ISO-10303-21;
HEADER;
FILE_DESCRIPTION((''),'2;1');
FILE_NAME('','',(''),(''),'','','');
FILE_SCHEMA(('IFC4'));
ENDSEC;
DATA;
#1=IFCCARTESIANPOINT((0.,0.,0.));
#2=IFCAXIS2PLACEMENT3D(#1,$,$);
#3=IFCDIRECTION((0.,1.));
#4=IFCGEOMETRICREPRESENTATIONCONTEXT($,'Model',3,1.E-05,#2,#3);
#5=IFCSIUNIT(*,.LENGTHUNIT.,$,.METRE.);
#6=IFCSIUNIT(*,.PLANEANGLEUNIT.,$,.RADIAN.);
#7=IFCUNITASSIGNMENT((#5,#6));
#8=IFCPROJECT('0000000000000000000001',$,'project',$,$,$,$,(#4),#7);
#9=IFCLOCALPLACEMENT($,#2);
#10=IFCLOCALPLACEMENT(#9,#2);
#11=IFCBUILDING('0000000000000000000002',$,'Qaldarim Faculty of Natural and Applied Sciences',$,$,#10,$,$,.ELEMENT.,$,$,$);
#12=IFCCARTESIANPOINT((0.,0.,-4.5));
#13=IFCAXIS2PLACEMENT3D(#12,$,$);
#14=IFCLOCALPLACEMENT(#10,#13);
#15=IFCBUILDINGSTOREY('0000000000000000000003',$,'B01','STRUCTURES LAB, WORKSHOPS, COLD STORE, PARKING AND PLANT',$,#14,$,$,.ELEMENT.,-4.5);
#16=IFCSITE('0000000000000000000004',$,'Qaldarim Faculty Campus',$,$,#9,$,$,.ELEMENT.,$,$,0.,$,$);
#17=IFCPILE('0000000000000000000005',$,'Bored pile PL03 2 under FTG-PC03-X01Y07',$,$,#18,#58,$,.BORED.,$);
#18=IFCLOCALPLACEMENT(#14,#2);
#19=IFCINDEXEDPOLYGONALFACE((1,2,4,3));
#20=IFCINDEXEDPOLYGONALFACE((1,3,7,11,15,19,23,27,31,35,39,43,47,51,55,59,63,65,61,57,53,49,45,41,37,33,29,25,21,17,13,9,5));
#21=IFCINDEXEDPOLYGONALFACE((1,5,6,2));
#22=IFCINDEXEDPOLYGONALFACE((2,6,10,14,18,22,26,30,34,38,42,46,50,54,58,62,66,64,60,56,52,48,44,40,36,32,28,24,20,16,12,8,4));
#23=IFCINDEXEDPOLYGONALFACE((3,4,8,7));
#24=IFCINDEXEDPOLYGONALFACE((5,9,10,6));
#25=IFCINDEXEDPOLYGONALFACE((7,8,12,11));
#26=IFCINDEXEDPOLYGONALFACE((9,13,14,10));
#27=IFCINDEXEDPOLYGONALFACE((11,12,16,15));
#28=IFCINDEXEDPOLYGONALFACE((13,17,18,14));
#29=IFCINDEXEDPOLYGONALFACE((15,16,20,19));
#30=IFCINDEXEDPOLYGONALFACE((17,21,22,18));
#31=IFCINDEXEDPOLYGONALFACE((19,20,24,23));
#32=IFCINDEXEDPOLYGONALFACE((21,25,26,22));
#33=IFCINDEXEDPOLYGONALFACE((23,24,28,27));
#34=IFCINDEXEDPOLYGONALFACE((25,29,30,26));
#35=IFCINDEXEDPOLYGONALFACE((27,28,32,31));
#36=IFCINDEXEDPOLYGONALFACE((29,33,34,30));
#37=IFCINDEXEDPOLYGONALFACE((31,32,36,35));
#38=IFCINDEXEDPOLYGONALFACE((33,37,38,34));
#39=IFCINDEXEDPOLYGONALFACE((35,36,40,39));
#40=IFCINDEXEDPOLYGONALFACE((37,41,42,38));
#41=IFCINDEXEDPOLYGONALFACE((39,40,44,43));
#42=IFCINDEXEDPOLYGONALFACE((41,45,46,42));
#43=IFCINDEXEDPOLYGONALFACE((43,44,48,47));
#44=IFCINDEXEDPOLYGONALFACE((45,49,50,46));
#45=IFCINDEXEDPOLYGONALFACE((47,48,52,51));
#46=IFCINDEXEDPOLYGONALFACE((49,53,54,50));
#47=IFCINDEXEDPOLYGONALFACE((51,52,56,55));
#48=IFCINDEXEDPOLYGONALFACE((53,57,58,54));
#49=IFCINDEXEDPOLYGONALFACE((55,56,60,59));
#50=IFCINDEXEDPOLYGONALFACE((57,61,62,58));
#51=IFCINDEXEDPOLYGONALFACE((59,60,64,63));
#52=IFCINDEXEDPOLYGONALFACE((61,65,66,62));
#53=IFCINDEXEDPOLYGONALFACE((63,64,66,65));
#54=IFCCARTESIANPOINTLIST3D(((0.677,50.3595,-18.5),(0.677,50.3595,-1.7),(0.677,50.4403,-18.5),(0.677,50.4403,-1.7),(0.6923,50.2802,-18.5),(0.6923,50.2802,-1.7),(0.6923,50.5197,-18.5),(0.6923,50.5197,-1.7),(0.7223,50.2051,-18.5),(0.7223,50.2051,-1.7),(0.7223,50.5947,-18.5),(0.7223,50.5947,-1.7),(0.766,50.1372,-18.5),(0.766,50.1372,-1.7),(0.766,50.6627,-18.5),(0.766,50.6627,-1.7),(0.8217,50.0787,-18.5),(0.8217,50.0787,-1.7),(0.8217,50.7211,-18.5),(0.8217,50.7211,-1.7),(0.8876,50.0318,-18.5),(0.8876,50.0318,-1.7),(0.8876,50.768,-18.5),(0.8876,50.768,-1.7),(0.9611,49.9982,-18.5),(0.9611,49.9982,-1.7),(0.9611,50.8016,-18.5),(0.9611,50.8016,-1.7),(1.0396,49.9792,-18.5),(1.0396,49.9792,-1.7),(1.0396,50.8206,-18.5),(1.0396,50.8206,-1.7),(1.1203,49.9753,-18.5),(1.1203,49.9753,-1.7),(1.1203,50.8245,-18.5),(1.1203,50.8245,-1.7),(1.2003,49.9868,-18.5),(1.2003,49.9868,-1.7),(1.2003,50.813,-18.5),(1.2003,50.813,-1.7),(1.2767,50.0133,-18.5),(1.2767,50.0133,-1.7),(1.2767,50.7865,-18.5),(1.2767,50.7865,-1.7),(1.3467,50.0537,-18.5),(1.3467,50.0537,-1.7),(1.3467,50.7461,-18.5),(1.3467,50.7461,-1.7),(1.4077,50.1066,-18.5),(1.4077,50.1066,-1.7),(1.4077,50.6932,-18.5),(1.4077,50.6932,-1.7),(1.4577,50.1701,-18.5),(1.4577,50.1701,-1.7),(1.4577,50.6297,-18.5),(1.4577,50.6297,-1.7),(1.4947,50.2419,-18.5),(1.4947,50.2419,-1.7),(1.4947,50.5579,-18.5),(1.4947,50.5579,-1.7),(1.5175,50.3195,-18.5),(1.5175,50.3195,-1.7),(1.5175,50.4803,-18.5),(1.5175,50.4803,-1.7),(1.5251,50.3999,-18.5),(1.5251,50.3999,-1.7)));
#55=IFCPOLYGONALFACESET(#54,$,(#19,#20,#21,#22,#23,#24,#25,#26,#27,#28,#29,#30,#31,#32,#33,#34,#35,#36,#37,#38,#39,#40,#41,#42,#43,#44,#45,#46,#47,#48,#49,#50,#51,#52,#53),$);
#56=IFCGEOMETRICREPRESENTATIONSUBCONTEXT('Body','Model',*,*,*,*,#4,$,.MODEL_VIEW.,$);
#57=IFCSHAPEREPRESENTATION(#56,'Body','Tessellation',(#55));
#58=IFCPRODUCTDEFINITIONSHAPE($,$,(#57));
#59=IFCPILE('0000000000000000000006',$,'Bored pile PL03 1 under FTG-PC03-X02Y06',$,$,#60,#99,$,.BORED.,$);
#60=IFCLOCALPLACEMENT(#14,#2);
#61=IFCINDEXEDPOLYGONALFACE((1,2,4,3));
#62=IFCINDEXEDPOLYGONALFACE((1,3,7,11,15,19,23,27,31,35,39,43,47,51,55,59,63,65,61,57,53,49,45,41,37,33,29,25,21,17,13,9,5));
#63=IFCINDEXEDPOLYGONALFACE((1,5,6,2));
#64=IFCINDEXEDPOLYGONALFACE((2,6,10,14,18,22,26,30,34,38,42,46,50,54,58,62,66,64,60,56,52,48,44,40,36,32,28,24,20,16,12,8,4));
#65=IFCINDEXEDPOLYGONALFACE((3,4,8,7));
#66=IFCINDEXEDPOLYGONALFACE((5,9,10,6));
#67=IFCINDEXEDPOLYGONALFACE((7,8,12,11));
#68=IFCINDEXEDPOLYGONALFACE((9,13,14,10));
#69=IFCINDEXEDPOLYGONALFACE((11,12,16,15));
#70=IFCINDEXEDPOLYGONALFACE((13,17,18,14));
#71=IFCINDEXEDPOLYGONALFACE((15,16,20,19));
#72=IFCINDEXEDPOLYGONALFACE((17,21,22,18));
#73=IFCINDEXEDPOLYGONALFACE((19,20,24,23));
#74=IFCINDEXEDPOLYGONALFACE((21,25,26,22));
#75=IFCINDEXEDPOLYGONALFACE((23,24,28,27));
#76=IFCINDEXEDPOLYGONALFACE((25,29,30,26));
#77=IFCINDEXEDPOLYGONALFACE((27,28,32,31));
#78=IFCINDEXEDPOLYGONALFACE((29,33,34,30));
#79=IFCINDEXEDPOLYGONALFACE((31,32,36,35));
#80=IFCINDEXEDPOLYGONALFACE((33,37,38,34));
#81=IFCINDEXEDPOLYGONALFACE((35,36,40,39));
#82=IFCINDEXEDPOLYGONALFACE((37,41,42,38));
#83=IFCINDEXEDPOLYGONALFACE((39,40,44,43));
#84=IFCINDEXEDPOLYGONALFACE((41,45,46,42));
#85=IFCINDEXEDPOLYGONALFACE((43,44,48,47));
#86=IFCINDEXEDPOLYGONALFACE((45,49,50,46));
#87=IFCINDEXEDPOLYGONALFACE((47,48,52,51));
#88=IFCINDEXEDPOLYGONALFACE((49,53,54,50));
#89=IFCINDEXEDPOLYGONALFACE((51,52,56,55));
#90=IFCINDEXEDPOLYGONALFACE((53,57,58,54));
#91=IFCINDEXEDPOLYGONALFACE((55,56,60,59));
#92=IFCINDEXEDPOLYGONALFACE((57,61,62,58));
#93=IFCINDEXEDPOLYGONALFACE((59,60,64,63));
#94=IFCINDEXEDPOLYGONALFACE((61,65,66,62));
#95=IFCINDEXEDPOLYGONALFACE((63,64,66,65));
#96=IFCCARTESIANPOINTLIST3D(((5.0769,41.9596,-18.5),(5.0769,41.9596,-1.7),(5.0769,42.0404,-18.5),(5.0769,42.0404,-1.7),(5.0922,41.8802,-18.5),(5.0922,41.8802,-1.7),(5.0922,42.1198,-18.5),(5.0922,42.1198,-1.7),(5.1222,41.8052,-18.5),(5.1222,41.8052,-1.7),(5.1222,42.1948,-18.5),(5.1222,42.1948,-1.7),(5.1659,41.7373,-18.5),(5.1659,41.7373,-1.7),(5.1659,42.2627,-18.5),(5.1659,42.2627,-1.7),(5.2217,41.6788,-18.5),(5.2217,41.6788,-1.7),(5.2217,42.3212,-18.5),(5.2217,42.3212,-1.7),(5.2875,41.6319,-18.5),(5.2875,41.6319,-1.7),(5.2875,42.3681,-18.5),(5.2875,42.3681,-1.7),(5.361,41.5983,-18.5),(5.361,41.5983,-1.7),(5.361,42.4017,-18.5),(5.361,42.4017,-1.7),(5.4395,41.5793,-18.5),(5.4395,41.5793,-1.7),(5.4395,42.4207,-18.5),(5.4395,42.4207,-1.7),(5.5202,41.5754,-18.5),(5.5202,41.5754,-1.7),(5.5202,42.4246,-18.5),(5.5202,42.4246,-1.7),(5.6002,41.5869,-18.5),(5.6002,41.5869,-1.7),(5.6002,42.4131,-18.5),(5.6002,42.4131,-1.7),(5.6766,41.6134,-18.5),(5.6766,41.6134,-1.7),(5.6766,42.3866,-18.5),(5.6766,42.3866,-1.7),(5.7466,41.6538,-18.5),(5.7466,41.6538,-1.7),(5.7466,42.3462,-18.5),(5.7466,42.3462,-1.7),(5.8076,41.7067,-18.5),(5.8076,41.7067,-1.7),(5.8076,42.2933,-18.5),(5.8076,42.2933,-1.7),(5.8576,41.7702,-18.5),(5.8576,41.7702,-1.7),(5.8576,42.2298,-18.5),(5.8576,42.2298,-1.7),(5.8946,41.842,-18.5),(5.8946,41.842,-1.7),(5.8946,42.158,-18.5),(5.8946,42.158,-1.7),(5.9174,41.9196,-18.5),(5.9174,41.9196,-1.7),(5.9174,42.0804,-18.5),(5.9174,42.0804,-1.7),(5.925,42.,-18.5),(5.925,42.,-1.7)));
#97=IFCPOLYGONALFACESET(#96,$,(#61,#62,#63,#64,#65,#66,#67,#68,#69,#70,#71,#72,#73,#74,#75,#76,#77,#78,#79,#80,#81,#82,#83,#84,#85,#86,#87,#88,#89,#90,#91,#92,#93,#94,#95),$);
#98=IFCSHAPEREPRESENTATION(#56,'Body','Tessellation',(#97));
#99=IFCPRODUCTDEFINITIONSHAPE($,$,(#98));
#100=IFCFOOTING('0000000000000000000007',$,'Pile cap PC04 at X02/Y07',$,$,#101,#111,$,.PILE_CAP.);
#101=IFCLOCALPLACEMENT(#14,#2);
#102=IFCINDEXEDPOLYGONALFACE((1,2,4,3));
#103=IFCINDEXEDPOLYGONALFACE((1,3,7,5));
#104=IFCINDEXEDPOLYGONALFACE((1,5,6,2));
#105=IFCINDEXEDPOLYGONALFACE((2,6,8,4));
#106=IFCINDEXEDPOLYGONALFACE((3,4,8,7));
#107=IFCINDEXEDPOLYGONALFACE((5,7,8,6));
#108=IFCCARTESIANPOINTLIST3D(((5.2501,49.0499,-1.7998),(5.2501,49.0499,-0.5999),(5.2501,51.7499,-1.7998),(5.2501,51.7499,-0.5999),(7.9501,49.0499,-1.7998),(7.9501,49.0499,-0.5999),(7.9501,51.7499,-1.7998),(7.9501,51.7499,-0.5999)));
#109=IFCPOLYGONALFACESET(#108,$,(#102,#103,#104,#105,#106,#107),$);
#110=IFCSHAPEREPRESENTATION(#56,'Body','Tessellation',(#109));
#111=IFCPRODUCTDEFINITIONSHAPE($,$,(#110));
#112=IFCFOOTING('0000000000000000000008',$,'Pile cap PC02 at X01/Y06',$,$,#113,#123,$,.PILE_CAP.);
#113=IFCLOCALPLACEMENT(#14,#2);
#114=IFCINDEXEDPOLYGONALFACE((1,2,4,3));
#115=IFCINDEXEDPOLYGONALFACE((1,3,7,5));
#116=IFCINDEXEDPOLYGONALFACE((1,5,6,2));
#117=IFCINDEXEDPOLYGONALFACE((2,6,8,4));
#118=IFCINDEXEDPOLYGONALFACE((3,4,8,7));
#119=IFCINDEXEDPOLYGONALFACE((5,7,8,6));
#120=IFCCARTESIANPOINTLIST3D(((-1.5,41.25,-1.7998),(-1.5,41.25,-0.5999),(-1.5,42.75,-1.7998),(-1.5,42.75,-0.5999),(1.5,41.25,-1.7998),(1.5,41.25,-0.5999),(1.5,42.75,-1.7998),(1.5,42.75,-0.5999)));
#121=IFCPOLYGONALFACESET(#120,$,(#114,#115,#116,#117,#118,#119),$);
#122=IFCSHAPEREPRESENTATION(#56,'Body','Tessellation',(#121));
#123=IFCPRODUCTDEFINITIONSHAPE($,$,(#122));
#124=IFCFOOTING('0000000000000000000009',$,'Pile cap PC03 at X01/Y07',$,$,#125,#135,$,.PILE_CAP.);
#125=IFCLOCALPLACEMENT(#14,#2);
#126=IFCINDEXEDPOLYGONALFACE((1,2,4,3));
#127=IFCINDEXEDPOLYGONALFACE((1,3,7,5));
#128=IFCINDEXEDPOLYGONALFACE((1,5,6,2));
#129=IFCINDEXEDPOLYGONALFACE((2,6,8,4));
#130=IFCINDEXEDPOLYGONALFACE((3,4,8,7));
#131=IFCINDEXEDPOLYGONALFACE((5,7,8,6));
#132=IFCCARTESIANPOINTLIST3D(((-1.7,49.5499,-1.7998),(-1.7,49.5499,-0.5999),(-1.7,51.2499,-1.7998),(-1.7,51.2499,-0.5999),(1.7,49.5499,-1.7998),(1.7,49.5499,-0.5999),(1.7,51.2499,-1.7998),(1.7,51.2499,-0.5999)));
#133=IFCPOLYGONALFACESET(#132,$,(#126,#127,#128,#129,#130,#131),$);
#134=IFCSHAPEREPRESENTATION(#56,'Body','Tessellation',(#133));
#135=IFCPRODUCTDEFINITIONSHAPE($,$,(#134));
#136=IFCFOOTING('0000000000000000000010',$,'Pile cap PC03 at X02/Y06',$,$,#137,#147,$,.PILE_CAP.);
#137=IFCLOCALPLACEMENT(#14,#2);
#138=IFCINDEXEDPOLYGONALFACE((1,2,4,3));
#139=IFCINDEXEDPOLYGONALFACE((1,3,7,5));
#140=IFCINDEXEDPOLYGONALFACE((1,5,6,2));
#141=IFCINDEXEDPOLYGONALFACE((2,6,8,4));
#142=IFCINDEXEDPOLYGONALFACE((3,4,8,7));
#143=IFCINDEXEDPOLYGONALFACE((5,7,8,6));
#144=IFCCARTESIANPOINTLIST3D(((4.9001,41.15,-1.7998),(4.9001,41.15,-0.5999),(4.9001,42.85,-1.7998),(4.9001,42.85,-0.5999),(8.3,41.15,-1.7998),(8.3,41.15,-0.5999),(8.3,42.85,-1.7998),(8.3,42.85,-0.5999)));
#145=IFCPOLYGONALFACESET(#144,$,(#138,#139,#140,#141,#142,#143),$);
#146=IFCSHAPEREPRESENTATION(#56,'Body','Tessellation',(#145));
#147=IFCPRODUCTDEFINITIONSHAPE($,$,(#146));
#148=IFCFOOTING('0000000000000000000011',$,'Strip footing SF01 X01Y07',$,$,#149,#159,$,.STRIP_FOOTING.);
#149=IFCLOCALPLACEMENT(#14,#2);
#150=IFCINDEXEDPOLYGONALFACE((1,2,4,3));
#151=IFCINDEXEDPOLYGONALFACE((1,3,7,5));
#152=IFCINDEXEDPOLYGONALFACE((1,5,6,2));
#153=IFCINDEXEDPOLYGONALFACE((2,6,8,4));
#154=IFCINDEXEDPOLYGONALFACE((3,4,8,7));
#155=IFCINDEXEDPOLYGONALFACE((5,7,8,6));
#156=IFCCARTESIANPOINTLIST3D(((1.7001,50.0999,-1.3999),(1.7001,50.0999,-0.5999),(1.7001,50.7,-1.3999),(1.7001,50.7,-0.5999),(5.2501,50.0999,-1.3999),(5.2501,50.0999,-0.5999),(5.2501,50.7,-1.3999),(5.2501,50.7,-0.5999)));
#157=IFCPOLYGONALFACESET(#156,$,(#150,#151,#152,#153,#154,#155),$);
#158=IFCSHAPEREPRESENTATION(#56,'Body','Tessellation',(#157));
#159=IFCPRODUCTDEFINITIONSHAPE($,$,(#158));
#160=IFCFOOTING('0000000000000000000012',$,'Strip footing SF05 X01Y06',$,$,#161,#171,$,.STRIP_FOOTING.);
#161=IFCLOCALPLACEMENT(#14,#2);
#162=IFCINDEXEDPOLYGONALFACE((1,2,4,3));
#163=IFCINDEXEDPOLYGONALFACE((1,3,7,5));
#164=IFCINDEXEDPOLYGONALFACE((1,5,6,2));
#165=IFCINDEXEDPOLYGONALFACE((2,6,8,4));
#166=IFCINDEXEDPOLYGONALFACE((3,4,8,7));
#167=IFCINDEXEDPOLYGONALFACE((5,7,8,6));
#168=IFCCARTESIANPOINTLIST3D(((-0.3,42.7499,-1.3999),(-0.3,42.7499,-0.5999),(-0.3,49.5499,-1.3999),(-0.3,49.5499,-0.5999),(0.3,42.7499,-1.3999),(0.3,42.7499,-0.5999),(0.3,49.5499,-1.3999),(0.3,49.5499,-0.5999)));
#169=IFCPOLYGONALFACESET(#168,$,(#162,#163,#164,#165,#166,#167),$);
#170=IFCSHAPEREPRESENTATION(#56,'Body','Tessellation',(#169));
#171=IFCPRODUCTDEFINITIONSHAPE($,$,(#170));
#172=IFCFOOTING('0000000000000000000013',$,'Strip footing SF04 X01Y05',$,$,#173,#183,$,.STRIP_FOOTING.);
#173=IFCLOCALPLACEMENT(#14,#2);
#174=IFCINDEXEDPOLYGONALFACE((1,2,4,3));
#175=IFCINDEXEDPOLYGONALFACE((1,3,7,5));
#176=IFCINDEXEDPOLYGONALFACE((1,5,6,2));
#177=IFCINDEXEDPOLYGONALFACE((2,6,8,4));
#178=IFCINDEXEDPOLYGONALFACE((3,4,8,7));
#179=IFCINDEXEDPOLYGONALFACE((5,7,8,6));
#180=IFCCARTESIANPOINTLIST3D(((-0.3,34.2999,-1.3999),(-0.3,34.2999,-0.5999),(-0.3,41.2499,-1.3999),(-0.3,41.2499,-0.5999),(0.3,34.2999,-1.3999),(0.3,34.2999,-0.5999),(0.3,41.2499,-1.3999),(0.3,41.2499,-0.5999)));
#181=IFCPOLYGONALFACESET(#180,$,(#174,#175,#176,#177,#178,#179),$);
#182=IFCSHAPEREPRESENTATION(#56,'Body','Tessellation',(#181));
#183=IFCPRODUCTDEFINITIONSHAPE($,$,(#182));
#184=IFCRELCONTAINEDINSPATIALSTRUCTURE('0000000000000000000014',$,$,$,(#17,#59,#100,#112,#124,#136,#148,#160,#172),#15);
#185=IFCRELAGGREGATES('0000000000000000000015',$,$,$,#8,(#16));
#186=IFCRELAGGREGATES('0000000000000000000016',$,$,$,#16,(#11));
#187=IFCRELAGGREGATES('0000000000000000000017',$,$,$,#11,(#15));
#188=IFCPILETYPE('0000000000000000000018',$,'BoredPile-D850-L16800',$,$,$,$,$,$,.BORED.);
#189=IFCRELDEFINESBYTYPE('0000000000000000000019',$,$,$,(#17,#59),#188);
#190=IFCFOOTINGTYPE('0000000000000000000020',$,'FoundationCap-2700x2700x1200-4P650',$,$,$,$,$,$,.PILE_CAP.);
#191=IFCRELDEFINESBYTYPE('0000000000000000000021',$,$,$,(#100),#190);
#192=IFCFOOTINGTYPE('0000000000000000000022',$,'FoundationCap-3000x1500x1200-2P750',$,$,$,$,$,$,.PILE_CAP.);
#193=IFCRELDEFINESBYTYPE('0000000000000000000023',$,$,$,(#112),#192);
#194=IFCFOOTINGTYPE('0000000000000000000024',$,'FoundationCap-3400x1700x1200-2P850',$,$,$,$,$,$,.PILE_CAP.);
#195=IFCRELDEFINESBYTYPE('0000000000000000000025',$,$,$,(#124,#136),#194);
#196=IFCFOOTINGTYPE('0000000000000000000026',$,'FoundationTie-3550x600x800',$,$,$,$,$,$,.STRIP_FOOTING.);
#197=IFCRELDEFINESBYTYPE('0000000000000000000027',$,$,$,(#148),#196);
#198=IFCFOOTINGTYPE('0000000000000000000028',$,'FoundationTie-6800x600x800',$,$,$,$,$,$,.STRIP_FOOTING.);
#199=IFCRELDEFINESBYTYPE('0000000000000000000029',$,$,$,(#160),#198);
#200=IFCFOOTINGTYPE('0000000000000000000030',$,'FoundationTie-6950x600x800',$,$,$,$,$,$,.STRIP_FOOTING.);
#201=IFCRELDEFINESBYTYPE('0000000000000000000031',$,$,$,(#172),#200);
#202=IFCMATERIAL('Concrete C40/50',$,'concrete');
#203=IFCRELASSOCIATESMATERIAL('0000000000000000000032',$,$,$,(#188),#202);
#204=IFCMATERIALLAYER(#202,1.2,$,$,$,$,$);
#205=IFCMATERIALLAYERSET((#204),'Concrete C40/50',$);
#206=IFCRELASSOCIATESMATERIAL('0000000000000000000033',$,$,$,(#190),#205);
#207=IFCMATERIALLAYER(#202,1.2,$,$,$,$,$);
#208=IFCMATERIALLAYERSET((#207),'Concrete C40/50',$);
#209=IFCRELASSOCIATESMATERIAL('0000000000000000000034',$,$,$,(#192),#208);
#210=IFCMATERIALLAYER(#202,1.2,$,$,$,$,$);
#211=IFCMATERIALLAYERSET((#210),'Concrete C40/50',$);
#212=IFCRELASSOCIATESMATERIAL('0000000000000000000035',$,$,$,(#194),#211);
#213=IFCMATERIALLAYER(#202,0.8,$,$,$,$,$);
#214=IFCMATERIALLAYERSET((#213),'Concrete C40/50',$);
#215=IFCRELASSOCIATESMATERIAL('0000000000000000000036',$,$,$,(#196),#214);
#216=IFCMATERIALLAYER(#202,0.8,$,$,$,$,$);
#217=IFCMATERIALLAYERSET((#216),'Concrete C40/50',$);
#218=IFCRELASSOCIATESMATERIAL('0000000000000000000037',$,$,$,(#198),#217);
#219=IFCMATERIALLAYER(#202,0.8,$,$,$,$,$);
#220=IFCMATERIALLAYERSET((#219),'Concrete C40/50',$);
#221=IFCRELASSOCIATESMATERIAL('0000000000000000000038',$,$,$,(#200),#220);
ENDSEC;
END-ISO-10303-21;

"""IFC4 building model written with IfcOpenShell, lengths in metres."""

from ifc_helpers import new_model, si_unit, direction, frame, origin, origin_2d, place, context, subcontext, project, spatial, rectangle, circle, extrude, material, layer, layer_set, material_profile, profile_set, type_object, element, save


model = new_model("IFC4")

# Units and contexts
model_context = context("Model", 3, precision=1e-05, world=origin(), true_north=direction((0.0, 1.0)))
body_context = subcontext(model_context, "Body", "Model", "MODEL_VIEW")
ifc_project = project(units=[si_unit("LENGTHUNIT", "METRE"), si_unit("PLANEANGLEUNIT", "RADIAN")], contexts=[model_context])

# Site, building, storey
site_placement = place(None, origin())
site = spatial("IfcSite", under=ifc_project, at=site_placement, Name="Qaldarim Faculty Campus", CompositionType="ELEMENT", RefElevation=0.0)
building_placement = place(site_placement, origin())
building = spatial("IfcBuilding", under=site, at=building_placement, Name="Qaldarim Faculty of Natural and Applied Sciences", CompositionType="ELEMENT")
storey_placement = place(building_placement, frame((0.0, 0.0, -4.5)))
storey = spatial("IfcBuildingStorey", under=building, at=storey_placement, Name="B01", Description="STRUCTURES LAB, WORKSHOPS, COLD STORE, PARKING AND PLANT", CompositionType="ELEMENT", Elevation=-4.5)

# Piles
ifc_material_1 = material(Name="Concrete C40/50", Category="concrete")
ifc_material_profile_1 = material_profile(ifc_material_1, circle(Radius=0.425, at=origin_2d()), Name="PILE-D850")
ifc_profile_set_1 = profile_set([ifc_material_profile_1], Name="Concrete C40/50")
pile_type_1 = type_object("IfcPileType", Name="BoredPile-D850-L16800", PredefinedType="BORED", material=ifc_profile_set_1)
for number, where, z_axis, x_axis, name in (
    (1, (1.1001, 50.3999, -1.7), (0.0, 0.0, -1.0), (1.0, 0.0, 0.0), "Bored pile PL03 2 under FTG-PC03-X01Y07"),
    (2, (5.5, 42.0, -1.7), (0.0, 0.0, -1.0), (1.0, 0.0, 0.0), "Bored pile PL03 1 under FTG-PC03-X02Y06"),
):
    element("IfcPile", number, at=place(storey_placement, frame(where, z_axis=z_axis, x_axis=x_axis)), inside=storey, type_object=pile_type_1, Name=name, PredefinedType="BORED", context=body_context, shape_type="SweptSolid", body=[
        extrude(circle(Radius=0.425, at=origin_2d()), origin(), (0.0, 0.0, 1.0), 16.8),
    ])

# Footings
ifc_layer_1 = layer(ifc_material_1, 1.2)
ifc_layer_set_1 = layer_set([ifc_layer_1], Name="Concrete C40/50")
footing_type_1 = type_object("IfcFootingType", Name="FoundationCap-2700x2700x1200-4P650", PredefinedType="PILE_CAP", material=ifc_layer_set_1)
footing_1_placement = place(storey_placement, frame((6.6001, 50.3999, -1.7998), z_axis=(0.0, 0.0, 1.0), x_axis=(1.0, 0.0, 0.0)))
element("IfcFooting", 3, at=footing_1_placement, inside=storey, type_object=footing_type_1, Name="Pile cap PC04 at X02/Y07", PredefinedType="PILE_CAP", context=body_context, shape_type="SweptSolid", body=[
    extrude(rectangle(XDim=2.7, YDim=2.7, at=origin_2d()), origin(), (0.0, 0.0, 1.0), 1.2),
])
ifc_layer_2 = layer(ifc_material_1, 1.2)
ifc_layer_set_2 = layer_set([ifc_layer_2], Name="Concrete C40/50")
footing_type_2 = type_object("IfcFootingType", Name="FoundationCap-3000x1500x1200-2P750", PredefinedType="PILE_CAP", material=ifc_layer_set_2)
footing_2_placement = place(storey_placement, frame((0.0, 42.0, -1.7998), z_axis=(0.0, 0.0, 1.0), x_axis=(1.0, 0.0, 0.0)))
element("IfcFooting", 4, at=footing_2_placement, inside=storey, type_object=footing_type_2, Name="Pile cap PC02 at X01/Y06", PredefinedType="PILE_CAP", context=body_context, shape_type="SweptSolid", body=[
    extrude(rectangle(XDim=3.0, YDim=1.5, at=origin_2d()), origin(), (0.0, 0.0, 1.0), 1.2),
])
ifc_layer_3 = layer(ifc_material_1, 1.2)
ifc_layer_set_3 = layer_set([ifc_layer_3], Name="Concrete C40/50")
footing_type_3 = type_object("IfcFootingType", Name="FoundationCap-3400x1700x1200-2P850", PredefinedType="PILE_CAP", material=ifc_layer_set_3)
for number, where, z_axis, x_axis, name in (
    (5, (0.0, 50.3999, -1.7998), (0.0, 0.0, 1.0), (1.0, 0.0, 0.0), "Pile cap PC03 at X01/Y07"),
    (6, (6.6001, 42.0, -1.7998), (0.0, 0.0, 1.0), (1.0, 0.0, 0.0), "Pile cap PC03 at X02/Y06"),
):
    element("IfcFooting", number, at=place(storey_placement, frame(where, z_axis=z_axis, x_axis=x_axis)), inside=storey, type_object=footing_type_3, Name=name, PredefinedType="PILE_CAP", context=body_context, shape_type="SweptSolid", body=[
        extrude(rectangle(XDim=3.3999, YDim=1.7, at=origin_2d()), origin(), (0.0, 0.0, 1.0), 1.2),
    ])
ifc_layer_4 = layer(ifc_material_1, 0.8)
ifc_layer_set_4 = layer_set([ifc_layer_4], Name="Concrete C40/50")
footing_type_4 = type_object("IfcFootingType", Name="FoundationTie-3550x600x800", PredefinedType="STRIP_FOOTING", material=ifc_layer_set_4)
footing_3_placement = place(storey_placement, frame((3.4751, 50.3999, -1.3999), z_axis=(0.0, 0.0, 1.0), x_axis=(1.0, 0.0, 0.0)))
element("IfcFooting", 7, at=footing_3_placement, inside=storey, type_object=footing_type_4, Name="Strip footing SF01 X01Y07", PredefinedType="STRIP_FOOTING", context=body_context, shape_type="SweptSolid", body=[
    extrude(rectangle(XDim=3.55, YDim=0.6001, at=origin_2d()), origin(), (0.0, 0.0, 1.0), 0.8),
])
ifc_layer_5 = layer(ifc_material_1, 0.8)
ifc_layer_set_5 = layer_set([ifc_layer_5], Name="Concrete C40/50")
footing_type_5 = type_object("IfcFootingType", Name="FoundationTie-6800x600x800", PredefinedType="STRIP_FOOTING", material=ifc_layer_set_5)
footing_4_placement = place(storey_placement, frame((0.0, 46.1499, -1.3999), z_axis=(0.0, 0.0, 1.0), x_axis=(0.0, 1.0, 0.0)))
element("IfcFooting", 8, at=footing_4_placement, inside=storey, type_object=footing_type_5, Name="Strip footing SF05 X01Y06", PredefinedType="STRIP_FOOTING", context=body_context, shape_type="SweptSolid", body=[
    extrude(rectangle(XDim=6.8, YDim=0.6001, at=origin_2d()), origin(), (0.0, 0.0, 1.0), 0.8),
])
ifc_layer_6 = layer(ifc_material_1, 0.8)
ifc_layer_set_6 = layer_set([ifc_layer_6], Name="Concrete C40/50")
footing_type_6 = type_object("IfcFootingType", Name="FoundationTie-6950x600x800", PredefinedType="STRIP_FOOTING", material=ifc_layer_set_6)
footing_5_placement = place(storey_placement, frame((0.0, 37.7749, -1.3999), z_axis=(0.0, 0.0, 1.0), x_axis=(0.0, 1.0, 0.0)))
element("IfcFooting", 9, at=footing_5_placement, inside=storey, type_object=footing_type_6, Name="Strip footing SF04 X01Y05", PredefinedType="STRIP_FOOTING", context=body_context, shape_type="SweptSolid", body=[
    extrude(rectangle(XDim=6.95, YDim=0.6001, at=origin_2d()), origin(), (0.0, 0.0, 1.0), 0.8),
])

save(model, "model.ifc")
